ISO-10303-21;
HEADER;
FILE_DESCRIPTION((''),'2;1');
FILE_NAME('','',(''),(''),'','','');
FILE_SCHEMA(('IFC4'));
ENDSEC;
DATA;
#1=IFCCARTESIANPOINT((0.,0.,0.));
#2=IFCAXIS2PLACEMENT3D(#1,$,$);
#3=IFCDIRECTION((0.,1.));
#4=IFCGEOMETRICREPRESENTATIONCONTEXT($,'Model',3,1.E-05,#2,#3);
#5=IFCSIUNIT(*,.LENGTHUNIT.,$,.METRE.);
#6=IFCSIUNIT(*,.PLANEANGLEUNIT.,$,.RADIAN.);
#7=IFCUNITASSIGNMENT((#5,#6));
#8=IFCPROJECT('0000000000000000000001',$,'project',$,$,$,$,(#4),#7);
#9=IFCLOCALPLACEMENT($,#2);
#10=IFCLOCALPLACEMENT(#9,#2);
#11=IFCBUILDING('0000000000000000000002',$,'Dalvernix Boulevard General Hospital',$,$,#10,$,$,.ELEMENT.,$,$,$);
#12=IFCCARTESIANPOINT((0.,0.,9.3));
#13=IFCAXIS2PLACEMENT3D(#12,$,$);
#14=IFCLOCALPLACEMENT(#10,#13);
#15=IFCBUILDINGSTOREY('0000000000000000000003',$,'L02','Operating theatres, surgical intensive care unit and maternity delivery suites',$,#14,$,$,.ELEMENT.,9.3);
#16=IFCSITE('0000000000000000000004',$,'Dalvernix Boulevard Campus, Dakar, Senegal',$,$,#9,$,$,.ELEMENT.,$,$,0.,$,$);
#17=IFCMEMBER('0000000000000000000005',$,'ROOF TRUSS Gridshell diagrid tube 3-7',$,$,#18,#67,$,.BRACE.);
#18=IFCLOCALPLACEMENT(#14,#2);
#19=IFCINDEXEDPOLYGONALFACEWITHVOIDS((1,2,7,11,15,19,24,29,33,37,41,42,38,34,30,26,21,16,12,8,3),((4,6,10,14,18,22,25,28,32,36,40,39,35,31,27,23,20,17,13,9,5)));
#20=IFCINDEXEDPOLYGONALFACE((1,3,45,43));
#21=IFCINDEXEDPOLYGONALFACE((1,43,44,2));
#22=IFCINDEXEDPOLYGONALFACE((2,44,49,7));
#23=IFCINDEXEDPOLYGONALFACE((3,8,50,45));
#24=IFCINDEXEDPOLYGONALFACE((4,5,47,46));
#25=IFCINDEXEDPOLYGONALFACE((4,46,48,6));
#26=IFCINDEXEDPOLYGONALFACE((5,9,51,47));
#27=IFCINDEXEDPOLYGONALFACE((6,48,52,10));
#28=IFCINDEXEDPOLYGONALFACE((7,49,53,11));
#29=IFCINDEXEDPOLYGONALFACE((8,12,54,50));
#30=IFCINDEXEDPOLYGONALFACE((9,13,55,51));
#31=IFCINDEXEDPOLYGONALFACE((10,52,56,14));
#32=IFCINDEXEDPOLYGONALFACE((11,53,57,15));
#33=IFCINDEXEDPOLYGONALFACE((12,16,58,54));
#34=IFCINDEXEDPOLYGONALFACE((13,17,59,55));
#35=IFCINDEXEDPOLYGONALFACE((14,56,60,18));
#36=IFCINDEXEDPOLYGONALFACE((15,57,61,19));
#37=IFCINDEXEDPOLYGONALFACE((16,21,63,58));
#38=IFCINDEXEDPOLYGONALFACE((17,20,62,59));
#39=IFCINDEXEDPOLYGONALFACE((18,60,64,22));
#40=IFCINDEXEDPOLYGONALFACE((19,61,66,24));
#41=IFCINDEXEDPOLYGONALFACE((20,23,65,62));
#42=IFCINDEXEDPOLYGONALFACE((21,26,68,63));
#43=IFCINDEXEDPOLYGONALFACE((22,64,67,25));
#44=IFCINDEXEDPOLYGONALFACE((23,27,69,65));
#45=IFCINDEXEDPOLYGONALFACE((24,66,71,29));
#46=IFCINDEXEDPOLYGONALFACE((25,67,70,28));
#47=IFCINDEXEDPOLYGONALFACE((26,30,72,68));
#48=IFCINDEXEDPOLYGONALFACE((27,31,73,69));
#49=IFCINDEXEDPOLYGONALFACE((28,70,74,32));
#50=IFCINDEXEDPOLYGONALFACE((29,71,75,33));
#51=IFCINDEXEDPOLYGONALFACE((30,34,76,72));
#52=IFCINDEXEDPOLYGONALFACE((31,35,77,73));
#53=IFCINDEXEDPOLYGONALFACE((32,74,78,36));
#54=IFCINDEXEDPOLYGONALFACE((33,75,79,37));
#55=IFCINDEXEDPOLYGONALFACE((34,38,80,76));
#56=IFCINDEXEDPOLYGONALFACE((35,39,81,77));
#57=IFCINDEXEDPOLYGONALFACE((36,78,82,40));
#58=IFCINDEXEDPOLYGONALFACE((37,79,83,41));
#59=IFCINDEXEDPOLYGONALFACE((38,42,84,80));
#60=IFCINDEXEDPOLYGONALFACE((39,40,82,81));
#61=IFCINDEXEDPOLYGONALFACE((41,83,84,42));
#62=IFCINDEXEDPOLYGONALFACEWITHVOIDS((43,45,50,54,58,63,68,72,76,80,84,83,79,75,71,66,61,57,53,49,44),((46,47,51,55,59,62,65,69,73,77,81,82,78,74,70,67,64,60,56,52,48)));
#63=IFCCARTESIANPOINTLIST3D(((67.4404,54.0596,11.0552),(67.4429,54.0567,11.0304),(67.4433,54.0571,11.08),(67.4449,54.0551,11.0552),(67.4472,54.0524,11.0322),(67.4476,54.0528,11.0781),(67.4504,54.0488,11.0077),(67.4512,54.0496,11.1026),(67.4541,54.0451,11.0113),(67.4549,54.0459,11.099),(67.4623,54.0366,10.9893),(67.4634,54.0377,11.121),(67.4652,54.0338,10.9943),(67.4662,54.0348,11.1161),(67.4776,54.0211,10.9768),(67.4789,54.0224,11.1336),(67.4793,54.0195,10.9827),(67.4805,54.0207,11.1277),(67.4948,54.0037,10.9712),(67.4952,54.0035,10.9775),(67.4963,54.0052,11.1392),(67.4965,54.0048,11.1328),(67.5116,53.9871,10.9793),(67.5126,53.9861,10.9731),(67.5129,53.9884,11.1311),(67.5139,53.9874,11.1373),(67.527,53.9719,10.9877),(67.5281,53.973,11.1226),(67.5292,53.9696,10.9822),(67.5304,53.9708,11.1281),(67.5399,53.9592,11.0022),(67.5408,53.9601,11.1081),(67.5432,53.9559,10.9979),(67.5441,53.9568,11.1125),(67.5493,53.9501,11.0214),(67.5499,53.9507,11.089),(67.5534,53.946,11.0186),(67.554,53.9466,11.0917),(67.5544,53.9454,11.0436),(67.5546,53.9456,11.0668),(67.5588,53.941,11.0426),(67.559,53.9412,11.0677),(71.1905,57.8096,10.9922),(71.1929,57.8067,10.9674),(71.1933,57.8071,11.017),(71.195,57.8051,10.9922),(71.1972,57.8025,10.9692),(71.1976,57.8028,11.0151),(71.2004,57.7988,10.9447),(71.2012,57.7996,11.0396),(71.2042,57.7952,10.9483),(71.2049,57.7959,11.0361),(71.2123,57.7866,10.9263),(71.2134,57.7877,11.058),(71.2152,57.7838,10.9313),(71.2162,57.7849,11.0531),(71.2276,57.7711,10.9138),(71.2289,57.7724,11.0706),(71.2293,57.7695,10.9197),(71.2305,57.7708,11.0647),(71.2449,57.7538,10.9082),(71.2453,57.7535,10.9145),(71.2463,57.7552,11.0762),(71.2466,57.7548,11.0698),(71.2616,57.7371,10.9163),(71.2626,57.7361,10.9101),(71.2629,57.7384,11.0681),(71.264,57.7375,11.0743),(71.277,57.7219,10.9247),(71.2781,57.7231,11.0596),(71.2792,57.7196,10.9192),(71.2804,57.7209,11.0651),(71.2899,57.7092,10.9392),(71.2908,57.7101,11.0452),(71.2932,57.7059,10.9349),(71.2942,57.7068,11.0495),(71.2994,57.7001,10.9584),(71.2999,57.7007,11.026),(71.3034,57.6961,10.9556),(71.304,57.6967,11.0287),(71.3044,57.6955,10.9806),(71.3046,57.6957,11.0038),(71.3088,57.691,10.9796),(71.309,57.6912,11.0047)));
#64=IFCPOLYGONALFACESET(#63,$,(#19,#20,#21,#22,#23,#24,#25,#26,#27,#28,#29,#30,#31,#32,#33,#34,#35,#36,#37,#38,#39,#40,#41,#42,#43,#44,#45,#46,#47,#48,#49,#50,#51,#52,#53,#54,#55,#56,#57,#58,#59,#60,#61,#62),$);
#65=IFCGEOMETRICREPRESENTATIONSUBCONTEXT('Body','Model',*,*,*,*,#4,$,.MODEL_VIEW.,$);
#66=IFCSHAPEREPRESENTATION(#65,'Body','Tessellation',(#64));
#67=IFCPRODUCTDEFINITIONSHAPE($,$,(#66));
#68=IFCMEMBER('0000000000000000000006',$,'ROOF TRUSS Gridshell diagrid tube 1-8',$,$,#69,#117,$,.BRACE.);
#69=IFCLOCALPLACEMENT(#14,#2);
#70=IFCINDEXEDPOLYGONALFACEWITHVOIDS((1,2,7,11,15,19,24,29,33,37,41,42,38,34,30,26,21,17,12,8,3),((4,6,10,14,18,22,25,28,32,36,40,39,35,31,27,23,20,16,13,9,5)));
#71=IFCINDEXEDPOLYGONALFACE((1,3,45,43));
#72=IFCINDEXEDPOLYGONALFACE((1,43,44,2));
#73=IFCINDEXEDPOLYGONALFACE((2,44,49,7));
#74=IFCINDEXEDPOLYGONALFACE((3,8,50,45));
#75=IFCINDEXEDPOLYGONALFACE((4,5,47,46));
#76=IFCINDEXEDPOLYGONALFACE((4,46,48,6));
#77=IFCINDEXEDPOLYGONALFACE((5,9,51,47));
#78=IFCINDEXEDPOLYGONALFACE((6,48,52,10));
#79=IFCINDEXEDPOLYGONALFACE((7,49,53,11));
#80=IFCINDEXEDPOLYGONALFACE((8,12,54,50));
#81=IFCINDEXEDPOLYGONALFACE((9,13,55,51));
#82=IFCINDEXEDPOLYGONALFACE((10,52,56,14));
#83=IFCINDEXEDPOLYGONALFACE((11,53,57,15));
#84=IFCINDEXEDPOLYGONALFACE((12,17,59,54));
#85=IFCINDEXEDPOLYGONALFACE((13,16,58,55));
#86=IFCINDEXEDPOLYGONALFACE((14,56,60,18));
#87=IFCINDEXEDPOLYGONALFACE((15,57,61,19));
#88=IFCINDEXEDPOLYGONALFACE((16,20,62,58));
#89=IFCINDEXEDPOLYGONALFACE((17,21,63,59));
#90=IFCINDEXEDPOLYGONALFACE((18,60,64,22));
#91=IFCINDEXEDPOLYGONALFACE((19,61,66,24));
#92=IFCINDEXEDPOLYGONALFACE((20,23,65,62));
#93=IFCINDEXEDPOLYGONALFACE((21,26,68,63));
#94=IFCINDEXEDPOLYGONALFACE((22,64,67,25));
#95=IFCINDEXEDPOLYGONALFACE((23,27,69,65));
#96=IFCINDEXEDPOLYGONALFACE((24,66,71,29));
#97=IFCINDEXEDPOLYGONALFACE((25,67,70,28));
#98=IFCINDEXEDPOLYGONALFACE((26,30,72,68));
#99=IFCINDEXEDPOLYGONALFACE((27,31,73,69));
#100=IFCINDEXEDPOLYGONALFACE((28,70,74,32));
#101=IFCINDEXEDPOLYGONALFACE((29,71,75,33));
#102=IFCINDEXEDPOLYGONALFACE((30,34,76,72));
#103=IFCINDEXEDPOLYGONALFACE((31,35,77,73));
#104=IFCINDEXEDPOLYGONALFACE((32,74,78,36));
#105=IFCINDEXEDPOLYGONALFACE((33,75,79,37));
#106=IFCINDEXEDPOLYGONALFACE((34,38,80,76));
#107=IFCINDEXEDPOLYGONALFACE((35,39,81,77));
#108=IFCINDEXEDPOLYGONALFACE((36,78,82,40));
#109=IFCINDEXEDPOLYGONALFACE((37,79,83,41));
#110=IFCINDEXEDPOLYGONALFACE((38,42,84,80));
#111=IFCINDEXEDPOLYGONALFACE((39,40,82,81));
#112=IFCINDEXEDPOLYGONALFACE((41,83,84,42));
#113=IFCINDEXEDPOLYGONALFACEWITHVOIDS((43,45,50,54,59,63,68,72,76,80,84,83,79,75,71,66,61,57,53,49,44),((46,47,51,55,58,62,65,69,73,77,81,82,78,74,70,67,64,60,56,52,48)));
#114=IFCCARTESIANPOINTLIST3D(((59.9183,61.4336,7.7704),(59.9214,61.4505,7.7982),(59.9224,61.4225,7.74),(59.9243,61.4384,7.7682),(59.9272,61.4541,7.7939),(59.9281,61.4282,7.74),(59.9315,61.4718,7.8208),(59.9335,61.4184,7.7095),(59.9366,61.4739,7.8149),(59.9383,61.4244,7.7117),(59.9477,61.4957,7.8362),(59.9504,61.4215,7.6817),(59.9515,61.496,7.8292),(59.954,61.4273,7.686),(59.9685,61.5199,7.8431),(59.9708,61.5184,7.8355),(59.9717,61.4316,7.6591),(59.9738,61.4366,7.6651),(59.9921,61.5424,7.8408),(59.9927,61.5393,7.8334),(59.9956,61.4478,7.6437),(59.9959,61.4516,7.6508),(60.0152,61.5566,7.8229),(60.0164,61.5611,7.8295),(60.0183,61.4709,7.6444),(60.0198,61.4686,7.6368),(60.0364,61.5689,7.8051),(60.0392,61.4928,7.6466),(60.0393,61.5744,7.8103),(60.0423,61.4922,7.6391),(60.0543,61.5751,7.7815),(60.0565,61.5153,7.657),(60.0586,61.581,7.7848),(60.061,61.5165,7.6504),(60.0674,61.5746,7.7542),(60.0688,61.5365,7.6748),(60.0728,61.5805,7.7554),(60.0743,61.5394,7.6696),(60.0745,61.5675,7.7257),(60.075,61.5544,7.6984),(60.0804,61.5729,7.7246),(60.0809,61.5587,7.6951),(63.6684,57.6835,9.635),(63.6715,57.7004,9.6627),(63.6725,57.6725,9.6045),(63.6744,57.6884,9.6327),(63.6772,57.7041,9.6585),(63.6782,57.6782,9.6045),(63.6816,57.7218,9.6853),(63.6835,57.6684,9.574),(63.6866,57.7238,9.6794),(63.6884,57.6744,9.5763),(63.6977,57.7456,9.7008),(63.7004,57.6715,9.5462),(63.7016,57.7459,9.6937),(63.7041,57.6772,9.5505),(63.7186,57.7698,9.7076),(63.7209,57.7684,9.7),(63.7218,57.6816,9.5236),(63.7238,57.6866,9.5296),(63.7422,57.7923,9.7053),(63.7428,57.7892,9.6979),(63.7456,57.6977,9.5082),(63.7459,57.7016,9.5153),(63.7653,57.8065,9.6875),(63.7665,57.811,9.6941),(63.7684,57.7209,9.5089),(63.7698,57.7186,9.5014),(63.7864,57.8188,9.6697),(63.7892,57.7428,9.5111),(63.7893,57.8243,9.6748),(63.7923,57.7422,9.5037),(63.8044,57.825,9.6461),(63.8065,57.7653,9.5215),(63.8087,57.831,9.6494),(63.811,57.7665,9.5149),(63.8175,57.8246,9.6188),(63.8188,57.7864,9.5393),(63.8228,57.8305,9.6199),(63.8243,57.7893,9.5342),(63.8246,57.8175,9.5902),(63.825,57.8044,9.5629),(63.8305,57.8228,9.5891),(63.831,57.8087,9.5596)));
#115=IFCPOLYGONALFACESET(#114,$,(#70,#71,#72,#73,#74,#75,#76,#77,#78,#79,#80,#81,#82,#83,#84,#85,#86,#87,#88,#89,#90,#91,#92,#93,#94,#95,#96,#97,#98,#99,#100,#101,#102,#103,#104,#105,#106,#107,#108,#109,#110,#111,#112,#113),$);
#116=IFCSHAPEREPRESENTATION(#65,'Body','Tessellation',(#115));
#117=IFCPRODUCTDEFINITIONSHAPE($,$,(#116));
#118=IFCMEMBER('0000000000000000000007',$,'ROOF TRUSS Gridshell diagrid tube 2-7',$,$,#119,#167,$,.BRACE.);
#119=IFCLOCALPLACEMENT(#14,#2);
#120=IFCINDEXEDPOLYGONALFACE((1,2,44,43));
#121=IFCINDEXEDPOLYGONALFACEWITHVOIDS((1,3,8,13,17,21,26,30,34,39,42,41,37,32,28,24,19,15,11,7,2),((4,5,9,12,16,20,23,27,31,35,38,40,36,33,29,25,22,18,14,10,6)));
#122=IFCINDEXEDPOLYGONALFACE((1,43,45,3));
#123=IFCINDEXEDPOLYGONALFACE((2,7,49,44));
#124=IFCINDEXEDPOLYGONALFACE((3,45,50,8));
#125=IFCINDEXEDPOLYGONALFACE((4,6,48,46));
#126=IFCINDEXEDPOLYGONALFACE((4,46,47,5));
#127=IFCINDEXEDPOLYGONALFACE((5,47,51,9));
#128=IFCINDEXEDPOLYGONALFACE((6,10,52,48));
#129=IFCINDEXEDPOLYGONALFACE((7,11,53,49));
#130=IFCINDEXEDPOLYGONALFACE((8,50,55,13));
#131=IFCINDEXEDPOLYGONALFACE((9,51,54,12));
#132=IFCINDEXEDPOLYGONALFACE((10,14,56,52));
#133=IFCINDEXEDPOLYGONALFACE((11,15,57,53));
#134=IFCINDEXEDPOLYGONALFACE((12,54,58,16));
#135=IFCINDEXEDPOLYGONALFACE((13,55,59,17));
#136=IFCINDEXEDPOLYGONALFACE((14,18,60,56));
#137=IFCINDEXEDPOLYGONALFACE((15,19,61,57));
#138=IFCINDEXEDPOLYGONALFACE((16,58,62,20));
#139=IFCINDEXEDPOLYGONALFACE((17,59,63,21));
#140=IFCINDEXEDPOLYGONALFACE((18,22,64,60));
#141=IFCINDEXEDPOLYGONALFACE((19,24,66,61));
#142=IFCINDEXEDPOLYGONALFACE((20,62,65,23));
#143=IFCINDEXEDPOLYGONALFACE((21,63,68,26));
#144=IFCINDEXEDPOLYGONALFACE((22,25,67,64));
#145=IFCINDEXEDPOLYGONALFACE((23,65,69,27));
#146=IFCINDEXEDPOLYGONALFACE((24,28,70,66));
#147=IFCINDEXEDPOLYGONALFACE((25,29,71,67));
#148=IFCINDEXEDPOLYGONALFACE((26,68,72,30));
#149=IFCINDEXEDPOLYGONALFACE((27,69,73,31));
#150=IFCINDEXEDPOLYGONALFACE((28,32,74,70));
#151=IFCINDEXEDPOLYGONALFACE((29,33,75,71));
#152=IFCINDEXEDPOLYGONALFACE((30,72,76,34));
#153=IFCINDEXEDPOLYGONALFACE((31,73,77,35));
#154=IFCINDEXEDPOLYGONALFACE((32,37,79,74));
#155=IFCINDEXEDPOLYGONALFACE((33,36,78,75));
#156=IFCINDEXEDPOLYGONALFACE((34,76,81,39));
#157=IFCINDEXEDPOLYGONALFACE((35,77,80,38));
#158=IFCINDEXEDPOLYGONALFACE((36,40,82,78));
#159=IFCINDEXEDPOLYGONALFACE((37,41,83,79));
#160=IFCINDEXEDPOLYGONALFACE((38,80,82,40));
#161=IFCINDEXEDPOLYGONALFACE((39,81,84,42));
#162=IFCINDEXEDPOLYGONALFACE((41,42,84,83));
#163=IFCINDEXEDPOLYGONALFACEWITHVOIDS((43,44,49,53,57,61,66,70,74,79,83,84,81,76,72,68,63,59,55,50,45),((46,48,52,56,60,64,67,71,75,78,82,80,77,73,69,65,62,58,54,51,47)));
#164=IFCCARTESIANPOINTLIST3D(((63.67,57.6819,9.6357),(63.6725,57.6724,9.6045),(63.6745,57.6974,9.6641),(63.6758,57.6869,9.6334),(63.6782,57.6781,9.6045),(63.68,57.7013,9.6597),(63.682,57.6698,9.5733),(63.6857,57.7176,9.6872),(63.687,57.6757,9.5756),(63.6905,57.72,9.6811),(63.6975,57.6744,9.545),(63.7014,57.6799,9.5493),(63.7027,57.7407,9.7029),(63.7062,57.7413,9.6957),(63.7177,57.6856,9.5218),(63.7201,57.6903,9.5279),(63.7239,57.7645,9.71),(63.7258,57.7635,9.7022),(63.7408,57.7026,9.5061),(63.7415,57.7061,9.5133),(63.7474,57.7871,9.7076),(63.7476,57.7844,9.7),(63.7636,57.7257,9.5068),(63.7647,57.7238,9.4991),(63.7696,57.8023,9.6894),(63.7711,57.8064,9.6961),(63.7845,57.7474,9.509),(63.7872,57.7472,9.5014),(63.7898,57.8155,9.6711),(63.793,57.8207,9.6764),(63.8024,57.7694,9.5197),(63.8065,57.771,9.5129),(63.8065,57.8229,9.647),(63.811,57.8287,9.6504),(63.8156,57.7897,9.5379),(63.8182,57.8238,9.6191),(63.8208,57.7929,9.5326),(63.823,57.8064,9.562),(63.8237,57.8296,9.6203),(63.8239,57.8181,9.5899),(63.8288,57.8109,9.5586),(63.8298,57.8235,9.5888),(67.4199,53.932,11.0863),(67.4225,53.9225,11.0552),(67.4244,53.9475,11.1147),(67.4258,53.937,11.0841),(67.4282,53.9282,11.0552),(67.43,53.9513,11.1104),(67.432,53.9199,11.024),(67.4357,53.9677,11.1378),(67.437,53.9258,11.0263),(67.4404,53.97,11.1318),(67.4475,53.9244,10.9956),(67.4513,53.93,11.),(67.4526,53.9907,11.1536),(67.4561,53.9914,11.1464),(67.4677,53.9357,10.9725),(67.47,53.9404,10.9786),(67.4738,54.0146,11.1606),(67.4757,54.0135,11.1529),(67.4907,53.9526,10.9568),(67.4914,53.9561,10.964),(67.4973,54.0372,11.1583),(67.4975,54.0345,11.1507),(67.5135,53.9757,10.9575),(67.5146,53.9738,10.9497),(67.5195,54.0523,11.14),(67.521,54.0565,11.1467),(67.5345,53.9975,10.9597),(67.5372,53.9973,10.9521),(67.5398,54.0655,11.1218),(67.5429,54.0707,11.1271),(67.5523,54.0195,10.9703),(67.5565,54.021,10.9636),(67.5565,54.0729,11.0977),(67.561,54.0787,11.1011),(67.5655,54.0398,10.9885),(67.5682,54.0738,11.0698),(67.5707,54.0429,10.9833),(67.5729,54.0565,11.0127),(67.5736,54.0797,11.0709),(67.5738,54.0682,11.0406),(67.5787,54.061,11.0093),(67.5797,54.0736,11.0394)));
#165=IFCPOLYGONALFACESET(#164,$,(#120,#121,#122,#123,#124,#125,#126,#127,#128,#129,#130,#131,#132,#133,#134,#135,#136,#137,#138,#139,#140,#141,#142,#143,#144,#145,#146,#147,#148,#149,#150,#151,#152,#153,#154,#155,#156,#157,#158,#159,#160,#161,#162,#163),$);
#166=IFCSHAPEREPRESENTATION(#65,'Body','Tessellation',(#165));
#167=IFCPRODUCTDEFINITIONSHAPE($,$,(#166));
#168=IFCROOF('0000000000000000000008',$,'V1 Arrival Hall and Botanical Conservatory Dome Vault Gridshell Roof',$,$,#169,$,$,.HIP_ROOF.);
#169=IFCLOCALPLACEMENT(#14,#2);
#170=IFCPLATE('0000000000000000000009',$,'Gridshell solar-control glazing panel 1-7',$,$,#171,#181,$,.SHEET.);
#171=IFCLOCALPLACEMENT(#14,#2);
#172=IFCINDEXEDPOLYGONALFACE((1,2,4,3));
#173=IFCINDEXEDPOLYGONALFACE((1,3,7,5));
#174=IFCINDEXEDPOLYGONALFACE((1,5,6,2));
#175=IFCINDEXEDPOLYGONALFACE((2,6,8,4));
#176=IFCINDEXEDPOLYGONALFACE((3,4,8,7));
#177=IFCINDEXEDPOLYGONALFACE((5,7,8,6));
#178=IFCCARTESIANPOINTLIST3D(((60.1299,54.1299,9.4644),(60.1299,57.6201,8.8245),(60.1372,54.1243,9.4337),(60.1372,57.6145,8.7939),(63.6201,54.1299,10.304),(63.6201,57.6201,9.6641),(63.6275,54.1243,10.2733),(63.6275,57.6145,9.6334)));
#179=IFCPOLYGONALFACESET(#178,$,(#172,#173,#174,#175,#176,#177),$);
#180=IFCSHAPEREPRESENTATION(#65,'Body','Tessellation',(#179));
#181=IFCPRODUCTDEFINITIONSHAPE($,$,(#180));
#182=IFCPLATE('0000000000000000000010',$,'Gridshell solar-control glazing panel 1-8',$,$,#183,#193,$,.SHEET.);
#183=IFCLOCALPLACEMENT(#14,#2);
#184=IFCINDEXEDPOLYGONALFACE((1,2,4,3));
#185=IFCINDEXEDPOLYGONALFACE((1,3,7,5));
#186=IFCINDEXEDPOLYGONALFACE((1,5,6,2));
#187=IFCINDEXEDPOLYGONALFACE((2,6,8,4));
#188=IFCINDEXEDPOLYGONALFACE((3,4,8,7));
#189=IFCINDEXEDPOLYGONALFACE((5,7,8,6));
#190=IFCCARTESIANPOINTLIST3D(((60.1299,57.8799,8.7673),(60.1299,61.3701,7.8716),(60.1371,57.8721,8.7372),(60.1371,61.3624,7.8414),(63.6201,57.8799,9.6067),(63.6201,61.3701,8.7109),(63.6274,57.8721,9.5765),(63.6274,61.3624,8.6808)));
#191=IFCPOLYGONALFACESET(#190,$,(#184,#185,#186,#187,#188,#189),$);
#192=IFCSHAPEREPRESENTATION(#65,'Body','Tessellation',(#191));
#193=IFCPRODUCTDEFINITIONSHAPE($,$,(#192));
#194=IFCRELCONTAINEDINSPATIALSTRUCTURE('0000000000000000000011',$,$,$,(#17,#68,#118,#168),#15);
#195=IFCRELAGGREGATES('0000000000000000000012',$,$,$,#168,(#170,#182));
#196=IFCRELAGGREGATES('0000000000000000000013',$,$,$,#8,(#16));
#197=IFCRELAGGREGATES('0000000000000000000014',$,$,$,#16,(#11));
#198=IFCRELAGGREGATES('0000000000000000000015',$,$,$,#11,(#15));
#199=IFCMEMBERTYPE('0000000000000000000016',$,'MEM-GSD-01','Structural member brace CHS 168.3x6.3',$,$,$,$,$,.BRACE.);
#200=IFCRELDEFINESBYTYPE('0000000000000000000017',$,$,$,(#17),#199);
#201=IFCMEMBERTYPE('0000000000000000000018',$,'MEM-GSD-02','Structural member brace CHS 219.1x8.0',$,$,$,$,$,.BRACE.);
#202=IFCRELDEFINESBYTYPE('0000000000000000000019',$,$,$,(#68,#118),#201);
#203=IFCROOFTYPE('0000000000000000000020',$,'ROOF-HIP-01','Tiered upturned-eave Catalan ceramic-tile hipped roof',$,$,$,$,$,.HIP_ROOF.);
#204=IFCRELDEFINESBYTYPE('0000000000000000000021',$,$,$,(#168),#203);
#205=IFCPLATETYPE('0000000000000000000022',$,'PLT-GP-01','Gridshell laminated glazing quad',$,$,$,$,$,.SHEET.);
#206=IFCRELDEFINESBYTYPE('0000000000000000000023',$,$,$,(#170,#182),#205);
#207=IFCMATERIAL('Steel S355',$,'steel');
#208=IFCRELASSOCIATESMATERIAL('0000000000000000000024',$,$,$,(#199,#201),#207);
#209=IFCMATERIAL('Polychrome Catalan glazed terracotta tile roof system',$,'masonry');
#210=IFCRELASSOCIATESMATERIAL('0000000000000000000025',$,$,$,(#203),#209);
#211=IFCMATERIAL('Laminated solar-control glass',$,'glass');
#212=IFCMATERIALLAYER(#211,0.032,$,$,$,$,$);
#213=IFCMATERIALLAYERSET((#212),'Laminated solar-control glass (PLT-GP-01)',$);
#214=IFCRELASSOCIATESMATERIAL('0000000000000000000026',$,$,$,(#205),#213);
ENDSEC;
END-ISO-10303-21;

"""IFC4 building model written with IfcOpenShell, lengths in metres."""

from ifc_helpers import new_model, si_unit, direction, frame, origin, origin_2d, place, context, subcontext, project, spatial, polyline, hollow_circle, outline, extrude, material, layer, layer_set, material_profile, profile_set, type_object, element, aggregate, save


model = new_model("IFC4")

# Units and contexts
model_context = context("Model", 3, precision=1e-05, world=origin(), true_north=direction((0.0, 1.0)))
body_context = subcontext(model_context, "Body", "Model", "MODEL_VIEW")
ifc_project = project(units=[si_unit("LENGTHUNIT", "METRE"), si_unit("PLANEANGLEUNIT", "RADIAN")], contexts=[model_context])

# Site, building, storey
site_placement = place(None, origin())
site = spatial("IfcSite", under=ifc_project, at=site_placement, Name="Dalvernix Boulevard Campus, Dakar, Senegal", CompositionType="ELEMENT", RefElevation=0.0)
building_placement = place(site_placement, origin())
building = spatial("IfcBuilding", under=site, at=building_placement, Name="Dalvernix Boulevard General Hospital", CompositionType="ELEMENT")
storey_placement = place(building_placement, frame((0.0, 0.0, 9.3)))
storey = spatial("IfcBuildingStorey", under=building, at=storey_placement, Name="L02", Description="Operating theatres, surgical intensive care unit and maternity delivery suites", CompositionType="ELEMENT", Elevation=9.3)

# Shared definitions
ifc_material_1 = material(Name="Steel S355", Category="steel")

# Members
ifc_material_profile_1 = material_profile(ifc_material_1, hollow_circle(Radius=0.0842, WallThickness=0.0063, at=origin_2d()), Name="CHS 168.3x6.3")
ifc_profile_set_1 = profile_set([ifc_material_profile_1], Name="Steel S355")
member_type_1 = type_object("IfcMemberType", Name="MEM-GSD-01", Description="Structural member brace CHS 168.3x6.3", PredefinedType="BRACE", material=ifc_profile_set_1)
member_1_placement = place(storey_placement, frame((67.5, 54.0, 11.0552), z_axis=(0.707057, 0.707057, -0.011876), x_axis=(-0.707107, 0.707107, 0.0)))
element("IfcMember", 1, at=member_1_placement, inside=storey, type_object=member_type_1, Name="ROOF TRUSS Gridshell diagrid tube 3-7", PredefinedType="BRACE", context=body_context, shape_type="SweptSolid", body=[
    extrude(hollow_circle(Radius=0.0842, WallThickness=0.0063, at=origin_2d()), origin(), (0.0, 0.0, 1.0), 5.3037),
])
ifc_material_profile_2 = material_profile(ifc_material_1, hollow_circle(Radius=0.1096, WallThickness=0.0081, at=origin_2d()), Name="CHS 219.1x8.0")
ifc_profile_set_2 = profile_set([ifc_material_profile_2], Name="Steel S355")
member_type_2 = type_object("IfcMemberType", Name="MEM-GSD-02", Description="Structural member brace CHS 219.1x8.0", PredefinedType="BRACE", material=ifc_profile_set_2)
member_2_placement = place(storey_placement, frame((63.75, 57.75, 9.6045), z_axis=(-0.667081, 0.667081, -0.331673), x_axis=(-0.707107, -0.707107, 0.0)))
element("IfcMember", 2, at=member_2_placement, inside=storey, type_object=member_type_2, Name="ROOF TRUSS Gridshell diagrid tube 1-8", PredefinedType="BRACE", context=body_context, shape_type="SweptSolid", body=[
    extrude(hollow_circle(Radius=0.1096, WallThickness=0.0081, at=origin_2d()), origin(), (0.0, 0.0, 1.0), 5.6216),
])
member_3_placement = place(storey_placement, frame((67.5, 54.0, 11.0552), z_axis=(-0.68205, 0.68205, -0.26385), x_axis=(-0.707107, -0.707107, 0.0)))
element("IfcMember", 3, at=member_3_placement, inside=storey, type_object=member_type_2, Name="ROOF TRUSS Gridshell diagrid tube 2-7", PredefinedType="BRACE", context=body_context, shape_type="SweptSolid", body=[
    extrude(hollow_circle(Radius=0.1096, WallThickness=0.0081, at=origin_2d()), origin(), (0.0, 0.0, 1.0), 5.498),
])

# Roof, plates
ifc_material_2 = material(Name="Polychrome Catalan glazed terracotta tile roof system", Category="masonry")
roof_type = type_object("IfcRoofType", Name="ROOF-HIP-01", Description="Tiered upturned-eave Catalan ceramic-tile hipped roof", PredefinedType="HIP_ROOF", material=ifc_material_2)
roof_placement = place(storey_placement, origin())
roof = element("IfcRoof", 4, at=roof_placement, inside=storey, type_object=roof_type, Name="V1 Arrival Hall and Botanical Conservatory Dome Vault Gridshell Roof", PredefinedType="HIP_ROOF")
ifc_material_3 = material(Name="Laminated solar-control glass", Category="glass")
ifc_layer_1 = layer(ifc_material_3, 0.032)
ifc_layer_set_1 = layer_set([ifc_layer_1], Name="Laminated solar-control glass (PLT-GP-01)")
plate_type = type_object("IfcPlateType", Name="PLT-GP-01", Description="Gridshell laminated glazing quad", PredefinedType="SHEET", material=ifc_layer_set_1)
plate_1_placement = place(storey_placement, frame((60.1299, 54.1299, 9.4644), z_axis=(-0.230255, 0.175487, 0.957177), x_axis=(0.972264, 0.0, 0.233885)))
plate_1 = element("IfcPlate", 5, at=plate_1_placement, type_object=plate_type, Name="Gridshell solar-control glazing panel 1-7", PredefinedType="SHEET", context=body_context, shape_type="SweptSolid", body=[
    extrude(outline(polyline([(0.0, 0.0), (3.5898, 0.0), (3.4401, 3.5453), (-0.1497, 3.5453), (0.0, 0.0)])), origin(), (0.0, 0.0, -1.0), 0.032),
])
plate_2_placement = place(storey_placement, frame((60.1299, 57.8799, 8.7673), z_axis=(-0.226864, 0.242107, 0.943354), x_axis=(0.97228, 0.0, 0.233821)))
plate_2 = element("IfcPlate", 6, at=plate_2_placement, type_object=plate_type, Name="Gridshell solar-control glazing panel 1-8", PredefinedType="SHEET", context=body_context, shape_type="SweptSolid", body=[
    extrude(outline(polyline([(0.0, 0.0), (3.5897, 0.0), (3.3803, 3.5973), (-0.2094, 3.5973), (0.0, 0.0)])), origin(), (0.0, 0.0, -1.0), 0.032),
])
aggregate(roof, [plate_1, plate_2])

save(model, "model.ifc")
